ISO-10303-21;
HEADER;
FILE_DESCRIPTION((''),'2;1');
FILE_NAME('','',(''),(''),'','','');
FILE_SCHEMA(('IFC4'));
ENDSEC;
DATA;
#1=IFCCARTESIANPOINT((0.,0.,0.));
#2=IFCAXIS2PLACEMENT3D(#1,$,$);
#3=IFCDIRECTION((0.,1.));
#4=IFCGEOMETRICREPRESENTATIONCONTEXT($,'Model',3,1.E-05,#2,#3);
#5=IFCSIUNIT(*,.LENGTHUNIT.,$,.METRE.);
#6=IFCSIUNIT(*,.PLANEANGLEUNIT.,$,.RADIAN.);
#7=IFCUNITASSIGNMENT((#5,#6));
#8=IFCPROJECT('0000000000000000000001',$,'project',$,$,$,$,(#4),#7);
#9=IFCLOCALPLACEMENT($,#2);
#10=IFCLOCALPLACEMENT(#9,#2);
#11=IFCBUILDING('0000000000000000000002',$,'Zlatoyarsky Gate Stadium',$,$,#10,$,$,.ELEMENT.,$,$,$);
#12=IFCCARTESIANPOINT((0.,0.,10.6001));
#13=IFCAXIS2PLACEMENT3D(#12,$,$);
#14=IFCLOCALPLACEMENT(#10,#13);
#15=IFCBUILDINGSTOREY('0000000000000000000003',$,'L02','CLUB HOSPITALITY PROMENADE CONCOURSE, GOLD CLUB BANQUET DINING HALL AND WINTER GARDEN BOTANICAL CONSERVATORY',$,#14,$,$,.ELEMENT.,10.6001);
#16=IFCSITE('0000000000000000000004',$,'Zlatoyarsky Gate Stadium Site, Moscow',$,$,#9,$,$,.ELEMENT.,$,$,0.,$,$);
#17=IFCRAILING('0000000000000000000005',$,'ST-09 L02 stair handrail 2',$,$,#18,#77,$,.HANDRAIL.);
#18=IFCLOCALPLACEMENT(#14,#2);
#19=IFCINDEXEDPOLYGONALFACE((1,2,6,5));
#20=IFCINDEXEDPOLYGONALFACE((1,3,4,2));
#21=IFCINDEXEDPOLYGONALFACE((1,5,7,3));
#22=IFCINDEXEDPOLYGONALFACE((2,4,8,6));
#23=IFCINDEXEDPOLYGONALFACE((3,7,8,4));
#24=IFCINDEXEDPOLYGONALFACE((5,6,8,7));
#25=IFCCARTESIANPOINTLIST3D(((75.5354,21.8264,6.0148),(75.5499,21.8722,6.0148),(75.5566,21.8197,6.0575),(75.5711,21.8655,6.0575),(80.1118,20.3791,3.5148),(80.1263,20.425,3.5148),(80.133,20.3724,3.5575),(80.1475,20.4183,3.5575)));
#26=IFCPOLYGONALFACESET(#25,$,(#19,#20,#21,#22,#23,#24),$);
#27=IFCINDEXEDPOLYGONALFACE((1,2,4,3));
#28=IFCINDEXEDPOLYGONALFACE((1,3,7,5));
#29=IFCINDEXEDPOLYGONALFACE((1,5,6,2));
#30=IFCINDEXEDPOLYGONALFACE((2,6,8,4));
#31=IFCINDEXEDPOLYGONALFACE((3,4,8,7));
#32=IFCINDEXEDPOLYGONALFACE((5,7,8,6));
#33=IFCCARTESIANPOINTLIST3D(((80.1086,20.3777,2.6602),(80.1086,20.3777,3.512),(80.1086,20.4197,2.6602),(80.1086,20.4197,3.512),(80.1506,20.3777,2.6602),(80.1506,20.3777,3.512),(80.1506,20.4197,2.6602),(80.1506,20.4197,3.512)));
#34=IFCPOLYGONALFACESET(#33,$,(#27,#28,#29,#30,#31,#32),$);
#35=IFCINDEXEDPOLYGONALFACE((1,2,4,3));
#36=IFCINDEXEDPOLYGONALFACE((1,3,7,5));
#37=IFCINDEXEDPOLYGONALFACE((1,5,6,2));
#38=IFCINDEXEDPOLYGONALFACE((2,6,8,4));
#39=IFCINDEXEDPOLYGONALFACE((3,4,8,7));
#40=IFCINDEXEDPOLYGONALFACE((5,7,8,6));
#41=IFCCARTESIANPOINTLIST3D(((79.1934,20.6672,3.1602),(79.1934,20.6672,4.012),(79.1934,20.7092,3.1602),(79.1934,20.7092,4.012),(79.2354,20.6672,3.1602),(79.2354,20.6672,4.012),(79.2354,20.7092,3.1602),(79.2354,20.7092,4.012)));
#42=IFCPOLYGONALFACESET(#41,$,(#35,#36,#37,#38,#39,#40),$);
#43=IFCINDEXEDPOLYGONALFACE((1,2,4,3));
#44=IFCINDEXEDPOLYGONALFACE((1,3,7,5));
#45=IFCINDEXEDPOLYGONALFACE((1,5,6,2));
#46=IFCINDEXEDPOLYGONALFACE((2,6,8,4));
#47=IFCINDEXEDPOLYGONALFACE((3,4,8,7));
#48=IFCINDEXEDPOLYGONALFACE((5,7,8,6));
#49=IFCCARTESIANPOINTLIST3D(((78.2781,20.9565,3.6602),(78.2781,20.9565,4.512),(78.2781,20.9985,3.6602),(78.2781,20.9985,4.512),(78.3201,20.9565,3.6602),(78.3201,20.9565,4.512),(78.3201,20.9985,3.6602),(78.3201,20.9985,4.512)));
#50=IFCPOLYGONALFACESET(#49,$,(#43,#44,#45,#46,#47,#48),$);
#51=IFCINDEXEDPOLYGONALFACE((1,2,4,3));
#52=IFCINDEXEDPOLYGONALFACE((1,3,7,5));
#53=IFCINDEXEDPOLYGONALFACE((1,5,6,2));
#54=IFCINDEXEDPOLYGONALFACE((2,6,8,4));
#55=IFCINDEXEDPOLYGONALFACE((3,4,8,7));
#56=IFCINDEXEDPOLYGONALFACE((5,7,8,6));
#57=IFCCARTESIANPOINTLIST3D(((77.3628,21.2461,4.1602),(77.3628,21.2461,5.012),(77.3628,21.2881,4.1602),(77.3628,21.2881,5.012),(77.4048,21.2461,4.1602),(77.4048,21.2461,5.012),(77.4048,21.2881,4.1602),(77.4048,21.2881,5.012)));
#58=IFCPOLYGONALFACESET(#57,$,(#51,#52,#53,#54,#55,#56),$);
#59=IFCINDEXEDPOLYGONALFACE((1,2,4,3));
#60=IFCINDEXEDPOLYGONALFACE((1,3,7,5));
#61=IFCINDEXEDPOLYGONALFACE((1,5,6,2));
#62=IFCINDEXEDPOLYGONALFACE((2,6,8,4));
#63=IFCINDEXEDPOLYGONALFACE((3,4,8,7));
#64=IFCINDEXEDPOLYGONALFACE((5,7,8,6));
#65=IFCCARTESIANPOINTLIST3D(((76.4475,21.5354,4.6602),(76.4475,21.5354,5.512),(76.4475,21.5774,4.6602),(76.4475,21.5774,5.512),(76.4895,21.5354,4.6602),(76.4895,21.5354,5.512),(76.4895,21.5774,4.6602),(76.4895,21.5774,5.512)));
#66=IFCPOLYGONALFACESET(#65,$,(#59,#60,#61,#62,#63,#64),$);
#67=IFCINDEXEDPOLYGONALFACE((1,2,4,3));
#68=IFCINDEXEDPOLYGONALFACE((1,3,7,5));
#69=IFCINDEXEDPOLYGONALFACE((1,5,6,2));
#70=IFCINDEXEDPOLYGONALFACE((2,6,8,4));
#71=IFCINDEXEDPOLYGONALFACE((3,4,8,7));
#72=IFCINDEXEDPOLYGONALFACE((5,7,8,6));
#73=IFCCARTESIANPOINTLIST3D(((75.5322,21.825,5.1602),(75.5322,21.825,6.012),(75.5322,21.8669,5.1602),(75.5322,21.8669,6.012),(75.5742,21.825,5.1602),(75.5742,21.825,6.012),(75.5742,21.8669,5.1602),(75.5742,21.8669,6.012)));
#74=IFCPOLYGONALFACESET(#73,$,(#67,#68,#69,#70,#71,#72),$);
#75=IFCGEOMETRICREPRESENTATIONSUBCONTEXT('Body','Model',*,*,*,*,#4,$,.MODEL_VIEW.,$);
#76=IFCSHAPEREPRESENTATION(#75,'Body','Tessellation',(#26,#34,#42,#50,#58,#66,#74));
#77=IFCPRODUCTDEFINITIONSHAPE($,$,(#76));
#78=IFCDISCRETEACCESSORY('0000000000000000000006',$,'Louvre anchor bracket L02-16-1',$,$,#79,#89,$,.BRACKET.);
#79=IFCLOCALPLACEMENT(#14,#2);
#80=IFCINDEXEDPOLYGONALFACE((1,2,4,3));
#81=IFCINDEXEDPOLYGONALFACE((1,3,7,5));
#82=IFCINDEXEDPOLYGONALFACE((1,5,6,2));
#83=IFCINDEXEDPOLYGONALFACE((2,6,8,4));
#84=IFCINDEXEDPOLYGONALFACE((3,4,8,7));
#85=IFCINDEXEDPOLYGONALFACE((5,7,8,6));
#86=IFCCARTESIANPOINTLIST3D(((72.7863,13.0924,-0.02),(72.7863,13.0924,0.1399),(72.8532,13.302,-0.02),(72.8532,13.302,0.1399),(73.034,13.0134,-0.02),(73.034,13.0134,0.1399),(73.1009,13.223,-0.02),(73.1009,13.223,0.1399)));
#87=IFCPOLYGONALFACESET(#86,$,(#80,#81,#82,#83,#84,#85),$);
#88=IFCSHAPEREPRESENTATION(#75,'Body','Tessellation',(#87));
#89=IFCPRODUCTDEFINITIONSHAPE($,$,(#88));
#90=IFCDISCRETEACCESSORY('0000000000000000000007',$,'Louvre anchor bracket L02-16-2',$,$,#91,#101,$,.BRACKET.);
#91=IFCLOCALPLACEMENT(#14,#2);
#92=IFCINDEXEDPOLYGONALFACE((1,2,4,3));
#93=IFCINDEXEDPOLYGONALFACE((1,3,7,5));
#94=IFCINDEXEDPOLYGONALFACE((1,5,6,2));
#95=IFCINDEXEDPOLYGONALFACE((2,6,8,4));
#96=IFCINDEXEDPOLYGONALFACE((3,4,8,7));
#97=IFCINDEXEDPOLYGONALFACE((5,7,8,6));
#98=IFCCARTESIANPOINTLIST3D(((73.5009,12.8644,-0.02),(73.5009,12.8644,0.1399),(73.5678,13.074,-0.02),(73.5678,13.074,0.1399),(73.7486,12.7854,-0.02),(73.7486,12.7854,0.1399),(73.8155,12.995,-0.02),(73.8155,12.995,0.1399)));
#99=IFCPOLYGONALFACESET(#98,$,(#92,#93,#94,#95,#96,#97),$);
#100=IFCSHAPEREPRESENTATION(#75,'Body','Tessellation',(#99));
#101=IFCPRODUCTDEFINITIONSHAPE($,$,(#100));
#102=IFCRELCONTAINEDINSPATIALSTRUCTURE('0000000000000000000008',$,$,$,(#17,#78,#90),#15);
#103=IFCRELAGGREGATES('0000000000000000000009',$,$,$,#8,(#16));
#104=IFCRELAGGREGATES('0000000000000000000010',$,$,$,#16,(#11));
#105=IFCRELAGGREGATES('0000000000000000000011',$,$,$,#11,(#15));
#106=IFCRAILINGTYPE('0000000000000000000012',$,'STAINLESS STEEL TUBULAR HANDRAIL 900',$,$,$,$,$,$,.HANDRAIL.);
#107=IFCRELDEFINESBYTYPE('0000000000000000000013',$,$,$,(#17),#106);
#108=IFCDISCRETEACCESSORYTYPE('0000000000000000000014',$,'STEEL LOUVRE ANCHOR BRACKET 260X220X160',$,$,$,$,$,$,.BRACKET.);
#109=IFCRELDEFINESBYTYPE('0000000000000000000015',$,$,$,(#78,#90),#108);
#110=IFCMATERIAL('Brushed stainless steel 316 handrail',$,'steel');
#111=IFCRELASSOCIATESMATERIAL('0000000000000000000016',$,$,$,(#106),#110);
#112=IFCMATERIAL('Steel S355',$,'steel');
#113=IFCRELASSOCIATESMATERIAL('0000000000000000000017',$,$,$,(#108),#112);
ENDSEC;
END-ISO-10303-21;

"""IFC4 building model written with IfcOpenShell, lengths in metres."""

from ifc_helpers import new_model, si_unit, direction, frame, origin, origin_2d, place, context, subcontext, project, spatial, rectangle, extrude, material, type_object, element, save


model = new_model("IFC4")

# Units and contexts
model_context = context("Model", 3, precision=1e-05, world=origin(), true_north=direction((0.0, 1.0)))
body_context = subcontext(model_context, "Body", "Model", "MODEL_VIEW")
ifc_project = project(units=[si_unit("LENGTHUNIT", "METRE"), si_unit("PLANEANGLEUNIT", "RADIAN")], contexts=[model_context])

# Site, building, storey
site_placement = place(None, origin())
site = spatial("IfcSite", under=ifc_project, at=site_placement, Name="Zlatoyarsky Gate Stadium Site, Moscow", CompositionType="ELEMENT", RefElevation=0.0)
building_placement = place(site_placement, origin())
building = spatial("IfcBuilding", under=site, at=building_placement, Name="Zlatoyarsky Gate Stadium", CompositionType="ELEMENT")
storey_placement = place(building_placement, frame((0.0, 0.0, 10.6001)))
storey = spatial("IfcBuildingStorey", under=building, at=storey_placement, Name="L02", Description="CLUB HOSPITALITY PROMENADE CONCOURSE, GOLD CLUB BANQUET DINING HALL AND WINTER GARDEN BOTANICAL CONSERVATORY", CompositionType="ELEMENT", Elevation=10.6001)

# Shared definitions
ifc_material_1 = material(Name="Steel S355", Category="steel")

# Railing
ifc_material_2 = material(Name="Brushed stainless steel 316 handrail", Category="steel")
railing_type_1 = type_object("IfcRailingType", Name="STAINLESS STEEL TUBULAR HANDRAIL 900", PredefinedType="HANDRAIL", material=ifc_material_2)
railing_1_placement = place(storey_placement, frame((80.1296, 20.3987, 2.6602)))
element("IfcRailing", 1, at=railing_1_placement, inside=storey, type_object=railing_type_1, Name="ST-09 L02 stair handrail 2", PredefinedType="HANDRAIL", context=body_context, shape_type="SweptSolid", body=[
    extrude(rectangle(XDim=0.0481, YDim=0.0481, at=origin_2d()), frame((0.0, 0.0, 0.876), z_axis=(-0.845628, 0.267425, 0.461949), x_axis=(-0.301526, -0.953458, 0.0)), (0.0, 0.0, 1.0), 5.4119),
    extrude(rectangle(XDim=0.042, YDim=0.042, at=origin_2d()), origin(), (0.0, 0.0, 1.0), 0.8518),
    extrude(rectangle(XDim=0.042, YDim=0.042, at=origin_2d()), frame((-0.9153, 0.2896, 0.5)), (0.0, 0.0, 1.0), 0.8518),
    extrude(rectangle(XDim=0.042, YDim=0.042, at=origin_2d()), frame((-1.8306, 0.5789, 1.0)), (0.0, 0.0, 1.0), 0.8518),
    extrude(rectangle(XDim=0.042, YDim=0.042, at=origin_2d()), frame((-2.7458, 0.8684, 1.5)), (0.0, 0.0, 1.0), 0.8518),
    extrude(rectangle(XDim=0.042, YDim=0.042, at=origin_2d()), frame((-3.6611, 1.1577, 2.0)), (0.0, 0.0, 1.0), 0.8518),
    extrude(rectangle(XDim=0.042, YDim=0.042, at=origin_2d()), frame((-4.5764, 1.4473, 2.5)), (0.0, 0.0, 1.0), 0.8518),
])

# Discrete accessories
discrete_accessory_type = type_object("IfcDiscreteAccessoryType", Name="STEEL LOUVRE ANCHOR BRACKET 260X220X160", PredefinedType="BRACKET", material=ifc_material_1)
for number, where, z_axis, x_axis, name in (
    (2, (72.9436, 13.1577, -0.02), (0.0, 0.0, 1.0), (0.952731, -0.303815, 0.0), "Louvre anchor bracket L02-16-1"),
    (3, (73.6582, 12.9297, -0.02), (0.0, 0.0, 1.0), (0.952731, -0.303815, 0.0), "Louvre anchor bracket L02-16-2"),
):
    element("IfcDiscreteAccessory", number, at=place(storey_placement, frame(where, z_axis=z_axis, x_axis=x_axis)), inside=storey, type_object=discrete_accessory_type, Name=name, PredefinedType="BRACKET", context=body_context, shape_type="SweptSolid", body=[
        extrude(rectangle(XDim=0.26, YDim=0.22, at=origin_2d()), origin(), (0.0, 0.0, 1.0), 0.1599),
    ])

save(model, "model.ifc")
